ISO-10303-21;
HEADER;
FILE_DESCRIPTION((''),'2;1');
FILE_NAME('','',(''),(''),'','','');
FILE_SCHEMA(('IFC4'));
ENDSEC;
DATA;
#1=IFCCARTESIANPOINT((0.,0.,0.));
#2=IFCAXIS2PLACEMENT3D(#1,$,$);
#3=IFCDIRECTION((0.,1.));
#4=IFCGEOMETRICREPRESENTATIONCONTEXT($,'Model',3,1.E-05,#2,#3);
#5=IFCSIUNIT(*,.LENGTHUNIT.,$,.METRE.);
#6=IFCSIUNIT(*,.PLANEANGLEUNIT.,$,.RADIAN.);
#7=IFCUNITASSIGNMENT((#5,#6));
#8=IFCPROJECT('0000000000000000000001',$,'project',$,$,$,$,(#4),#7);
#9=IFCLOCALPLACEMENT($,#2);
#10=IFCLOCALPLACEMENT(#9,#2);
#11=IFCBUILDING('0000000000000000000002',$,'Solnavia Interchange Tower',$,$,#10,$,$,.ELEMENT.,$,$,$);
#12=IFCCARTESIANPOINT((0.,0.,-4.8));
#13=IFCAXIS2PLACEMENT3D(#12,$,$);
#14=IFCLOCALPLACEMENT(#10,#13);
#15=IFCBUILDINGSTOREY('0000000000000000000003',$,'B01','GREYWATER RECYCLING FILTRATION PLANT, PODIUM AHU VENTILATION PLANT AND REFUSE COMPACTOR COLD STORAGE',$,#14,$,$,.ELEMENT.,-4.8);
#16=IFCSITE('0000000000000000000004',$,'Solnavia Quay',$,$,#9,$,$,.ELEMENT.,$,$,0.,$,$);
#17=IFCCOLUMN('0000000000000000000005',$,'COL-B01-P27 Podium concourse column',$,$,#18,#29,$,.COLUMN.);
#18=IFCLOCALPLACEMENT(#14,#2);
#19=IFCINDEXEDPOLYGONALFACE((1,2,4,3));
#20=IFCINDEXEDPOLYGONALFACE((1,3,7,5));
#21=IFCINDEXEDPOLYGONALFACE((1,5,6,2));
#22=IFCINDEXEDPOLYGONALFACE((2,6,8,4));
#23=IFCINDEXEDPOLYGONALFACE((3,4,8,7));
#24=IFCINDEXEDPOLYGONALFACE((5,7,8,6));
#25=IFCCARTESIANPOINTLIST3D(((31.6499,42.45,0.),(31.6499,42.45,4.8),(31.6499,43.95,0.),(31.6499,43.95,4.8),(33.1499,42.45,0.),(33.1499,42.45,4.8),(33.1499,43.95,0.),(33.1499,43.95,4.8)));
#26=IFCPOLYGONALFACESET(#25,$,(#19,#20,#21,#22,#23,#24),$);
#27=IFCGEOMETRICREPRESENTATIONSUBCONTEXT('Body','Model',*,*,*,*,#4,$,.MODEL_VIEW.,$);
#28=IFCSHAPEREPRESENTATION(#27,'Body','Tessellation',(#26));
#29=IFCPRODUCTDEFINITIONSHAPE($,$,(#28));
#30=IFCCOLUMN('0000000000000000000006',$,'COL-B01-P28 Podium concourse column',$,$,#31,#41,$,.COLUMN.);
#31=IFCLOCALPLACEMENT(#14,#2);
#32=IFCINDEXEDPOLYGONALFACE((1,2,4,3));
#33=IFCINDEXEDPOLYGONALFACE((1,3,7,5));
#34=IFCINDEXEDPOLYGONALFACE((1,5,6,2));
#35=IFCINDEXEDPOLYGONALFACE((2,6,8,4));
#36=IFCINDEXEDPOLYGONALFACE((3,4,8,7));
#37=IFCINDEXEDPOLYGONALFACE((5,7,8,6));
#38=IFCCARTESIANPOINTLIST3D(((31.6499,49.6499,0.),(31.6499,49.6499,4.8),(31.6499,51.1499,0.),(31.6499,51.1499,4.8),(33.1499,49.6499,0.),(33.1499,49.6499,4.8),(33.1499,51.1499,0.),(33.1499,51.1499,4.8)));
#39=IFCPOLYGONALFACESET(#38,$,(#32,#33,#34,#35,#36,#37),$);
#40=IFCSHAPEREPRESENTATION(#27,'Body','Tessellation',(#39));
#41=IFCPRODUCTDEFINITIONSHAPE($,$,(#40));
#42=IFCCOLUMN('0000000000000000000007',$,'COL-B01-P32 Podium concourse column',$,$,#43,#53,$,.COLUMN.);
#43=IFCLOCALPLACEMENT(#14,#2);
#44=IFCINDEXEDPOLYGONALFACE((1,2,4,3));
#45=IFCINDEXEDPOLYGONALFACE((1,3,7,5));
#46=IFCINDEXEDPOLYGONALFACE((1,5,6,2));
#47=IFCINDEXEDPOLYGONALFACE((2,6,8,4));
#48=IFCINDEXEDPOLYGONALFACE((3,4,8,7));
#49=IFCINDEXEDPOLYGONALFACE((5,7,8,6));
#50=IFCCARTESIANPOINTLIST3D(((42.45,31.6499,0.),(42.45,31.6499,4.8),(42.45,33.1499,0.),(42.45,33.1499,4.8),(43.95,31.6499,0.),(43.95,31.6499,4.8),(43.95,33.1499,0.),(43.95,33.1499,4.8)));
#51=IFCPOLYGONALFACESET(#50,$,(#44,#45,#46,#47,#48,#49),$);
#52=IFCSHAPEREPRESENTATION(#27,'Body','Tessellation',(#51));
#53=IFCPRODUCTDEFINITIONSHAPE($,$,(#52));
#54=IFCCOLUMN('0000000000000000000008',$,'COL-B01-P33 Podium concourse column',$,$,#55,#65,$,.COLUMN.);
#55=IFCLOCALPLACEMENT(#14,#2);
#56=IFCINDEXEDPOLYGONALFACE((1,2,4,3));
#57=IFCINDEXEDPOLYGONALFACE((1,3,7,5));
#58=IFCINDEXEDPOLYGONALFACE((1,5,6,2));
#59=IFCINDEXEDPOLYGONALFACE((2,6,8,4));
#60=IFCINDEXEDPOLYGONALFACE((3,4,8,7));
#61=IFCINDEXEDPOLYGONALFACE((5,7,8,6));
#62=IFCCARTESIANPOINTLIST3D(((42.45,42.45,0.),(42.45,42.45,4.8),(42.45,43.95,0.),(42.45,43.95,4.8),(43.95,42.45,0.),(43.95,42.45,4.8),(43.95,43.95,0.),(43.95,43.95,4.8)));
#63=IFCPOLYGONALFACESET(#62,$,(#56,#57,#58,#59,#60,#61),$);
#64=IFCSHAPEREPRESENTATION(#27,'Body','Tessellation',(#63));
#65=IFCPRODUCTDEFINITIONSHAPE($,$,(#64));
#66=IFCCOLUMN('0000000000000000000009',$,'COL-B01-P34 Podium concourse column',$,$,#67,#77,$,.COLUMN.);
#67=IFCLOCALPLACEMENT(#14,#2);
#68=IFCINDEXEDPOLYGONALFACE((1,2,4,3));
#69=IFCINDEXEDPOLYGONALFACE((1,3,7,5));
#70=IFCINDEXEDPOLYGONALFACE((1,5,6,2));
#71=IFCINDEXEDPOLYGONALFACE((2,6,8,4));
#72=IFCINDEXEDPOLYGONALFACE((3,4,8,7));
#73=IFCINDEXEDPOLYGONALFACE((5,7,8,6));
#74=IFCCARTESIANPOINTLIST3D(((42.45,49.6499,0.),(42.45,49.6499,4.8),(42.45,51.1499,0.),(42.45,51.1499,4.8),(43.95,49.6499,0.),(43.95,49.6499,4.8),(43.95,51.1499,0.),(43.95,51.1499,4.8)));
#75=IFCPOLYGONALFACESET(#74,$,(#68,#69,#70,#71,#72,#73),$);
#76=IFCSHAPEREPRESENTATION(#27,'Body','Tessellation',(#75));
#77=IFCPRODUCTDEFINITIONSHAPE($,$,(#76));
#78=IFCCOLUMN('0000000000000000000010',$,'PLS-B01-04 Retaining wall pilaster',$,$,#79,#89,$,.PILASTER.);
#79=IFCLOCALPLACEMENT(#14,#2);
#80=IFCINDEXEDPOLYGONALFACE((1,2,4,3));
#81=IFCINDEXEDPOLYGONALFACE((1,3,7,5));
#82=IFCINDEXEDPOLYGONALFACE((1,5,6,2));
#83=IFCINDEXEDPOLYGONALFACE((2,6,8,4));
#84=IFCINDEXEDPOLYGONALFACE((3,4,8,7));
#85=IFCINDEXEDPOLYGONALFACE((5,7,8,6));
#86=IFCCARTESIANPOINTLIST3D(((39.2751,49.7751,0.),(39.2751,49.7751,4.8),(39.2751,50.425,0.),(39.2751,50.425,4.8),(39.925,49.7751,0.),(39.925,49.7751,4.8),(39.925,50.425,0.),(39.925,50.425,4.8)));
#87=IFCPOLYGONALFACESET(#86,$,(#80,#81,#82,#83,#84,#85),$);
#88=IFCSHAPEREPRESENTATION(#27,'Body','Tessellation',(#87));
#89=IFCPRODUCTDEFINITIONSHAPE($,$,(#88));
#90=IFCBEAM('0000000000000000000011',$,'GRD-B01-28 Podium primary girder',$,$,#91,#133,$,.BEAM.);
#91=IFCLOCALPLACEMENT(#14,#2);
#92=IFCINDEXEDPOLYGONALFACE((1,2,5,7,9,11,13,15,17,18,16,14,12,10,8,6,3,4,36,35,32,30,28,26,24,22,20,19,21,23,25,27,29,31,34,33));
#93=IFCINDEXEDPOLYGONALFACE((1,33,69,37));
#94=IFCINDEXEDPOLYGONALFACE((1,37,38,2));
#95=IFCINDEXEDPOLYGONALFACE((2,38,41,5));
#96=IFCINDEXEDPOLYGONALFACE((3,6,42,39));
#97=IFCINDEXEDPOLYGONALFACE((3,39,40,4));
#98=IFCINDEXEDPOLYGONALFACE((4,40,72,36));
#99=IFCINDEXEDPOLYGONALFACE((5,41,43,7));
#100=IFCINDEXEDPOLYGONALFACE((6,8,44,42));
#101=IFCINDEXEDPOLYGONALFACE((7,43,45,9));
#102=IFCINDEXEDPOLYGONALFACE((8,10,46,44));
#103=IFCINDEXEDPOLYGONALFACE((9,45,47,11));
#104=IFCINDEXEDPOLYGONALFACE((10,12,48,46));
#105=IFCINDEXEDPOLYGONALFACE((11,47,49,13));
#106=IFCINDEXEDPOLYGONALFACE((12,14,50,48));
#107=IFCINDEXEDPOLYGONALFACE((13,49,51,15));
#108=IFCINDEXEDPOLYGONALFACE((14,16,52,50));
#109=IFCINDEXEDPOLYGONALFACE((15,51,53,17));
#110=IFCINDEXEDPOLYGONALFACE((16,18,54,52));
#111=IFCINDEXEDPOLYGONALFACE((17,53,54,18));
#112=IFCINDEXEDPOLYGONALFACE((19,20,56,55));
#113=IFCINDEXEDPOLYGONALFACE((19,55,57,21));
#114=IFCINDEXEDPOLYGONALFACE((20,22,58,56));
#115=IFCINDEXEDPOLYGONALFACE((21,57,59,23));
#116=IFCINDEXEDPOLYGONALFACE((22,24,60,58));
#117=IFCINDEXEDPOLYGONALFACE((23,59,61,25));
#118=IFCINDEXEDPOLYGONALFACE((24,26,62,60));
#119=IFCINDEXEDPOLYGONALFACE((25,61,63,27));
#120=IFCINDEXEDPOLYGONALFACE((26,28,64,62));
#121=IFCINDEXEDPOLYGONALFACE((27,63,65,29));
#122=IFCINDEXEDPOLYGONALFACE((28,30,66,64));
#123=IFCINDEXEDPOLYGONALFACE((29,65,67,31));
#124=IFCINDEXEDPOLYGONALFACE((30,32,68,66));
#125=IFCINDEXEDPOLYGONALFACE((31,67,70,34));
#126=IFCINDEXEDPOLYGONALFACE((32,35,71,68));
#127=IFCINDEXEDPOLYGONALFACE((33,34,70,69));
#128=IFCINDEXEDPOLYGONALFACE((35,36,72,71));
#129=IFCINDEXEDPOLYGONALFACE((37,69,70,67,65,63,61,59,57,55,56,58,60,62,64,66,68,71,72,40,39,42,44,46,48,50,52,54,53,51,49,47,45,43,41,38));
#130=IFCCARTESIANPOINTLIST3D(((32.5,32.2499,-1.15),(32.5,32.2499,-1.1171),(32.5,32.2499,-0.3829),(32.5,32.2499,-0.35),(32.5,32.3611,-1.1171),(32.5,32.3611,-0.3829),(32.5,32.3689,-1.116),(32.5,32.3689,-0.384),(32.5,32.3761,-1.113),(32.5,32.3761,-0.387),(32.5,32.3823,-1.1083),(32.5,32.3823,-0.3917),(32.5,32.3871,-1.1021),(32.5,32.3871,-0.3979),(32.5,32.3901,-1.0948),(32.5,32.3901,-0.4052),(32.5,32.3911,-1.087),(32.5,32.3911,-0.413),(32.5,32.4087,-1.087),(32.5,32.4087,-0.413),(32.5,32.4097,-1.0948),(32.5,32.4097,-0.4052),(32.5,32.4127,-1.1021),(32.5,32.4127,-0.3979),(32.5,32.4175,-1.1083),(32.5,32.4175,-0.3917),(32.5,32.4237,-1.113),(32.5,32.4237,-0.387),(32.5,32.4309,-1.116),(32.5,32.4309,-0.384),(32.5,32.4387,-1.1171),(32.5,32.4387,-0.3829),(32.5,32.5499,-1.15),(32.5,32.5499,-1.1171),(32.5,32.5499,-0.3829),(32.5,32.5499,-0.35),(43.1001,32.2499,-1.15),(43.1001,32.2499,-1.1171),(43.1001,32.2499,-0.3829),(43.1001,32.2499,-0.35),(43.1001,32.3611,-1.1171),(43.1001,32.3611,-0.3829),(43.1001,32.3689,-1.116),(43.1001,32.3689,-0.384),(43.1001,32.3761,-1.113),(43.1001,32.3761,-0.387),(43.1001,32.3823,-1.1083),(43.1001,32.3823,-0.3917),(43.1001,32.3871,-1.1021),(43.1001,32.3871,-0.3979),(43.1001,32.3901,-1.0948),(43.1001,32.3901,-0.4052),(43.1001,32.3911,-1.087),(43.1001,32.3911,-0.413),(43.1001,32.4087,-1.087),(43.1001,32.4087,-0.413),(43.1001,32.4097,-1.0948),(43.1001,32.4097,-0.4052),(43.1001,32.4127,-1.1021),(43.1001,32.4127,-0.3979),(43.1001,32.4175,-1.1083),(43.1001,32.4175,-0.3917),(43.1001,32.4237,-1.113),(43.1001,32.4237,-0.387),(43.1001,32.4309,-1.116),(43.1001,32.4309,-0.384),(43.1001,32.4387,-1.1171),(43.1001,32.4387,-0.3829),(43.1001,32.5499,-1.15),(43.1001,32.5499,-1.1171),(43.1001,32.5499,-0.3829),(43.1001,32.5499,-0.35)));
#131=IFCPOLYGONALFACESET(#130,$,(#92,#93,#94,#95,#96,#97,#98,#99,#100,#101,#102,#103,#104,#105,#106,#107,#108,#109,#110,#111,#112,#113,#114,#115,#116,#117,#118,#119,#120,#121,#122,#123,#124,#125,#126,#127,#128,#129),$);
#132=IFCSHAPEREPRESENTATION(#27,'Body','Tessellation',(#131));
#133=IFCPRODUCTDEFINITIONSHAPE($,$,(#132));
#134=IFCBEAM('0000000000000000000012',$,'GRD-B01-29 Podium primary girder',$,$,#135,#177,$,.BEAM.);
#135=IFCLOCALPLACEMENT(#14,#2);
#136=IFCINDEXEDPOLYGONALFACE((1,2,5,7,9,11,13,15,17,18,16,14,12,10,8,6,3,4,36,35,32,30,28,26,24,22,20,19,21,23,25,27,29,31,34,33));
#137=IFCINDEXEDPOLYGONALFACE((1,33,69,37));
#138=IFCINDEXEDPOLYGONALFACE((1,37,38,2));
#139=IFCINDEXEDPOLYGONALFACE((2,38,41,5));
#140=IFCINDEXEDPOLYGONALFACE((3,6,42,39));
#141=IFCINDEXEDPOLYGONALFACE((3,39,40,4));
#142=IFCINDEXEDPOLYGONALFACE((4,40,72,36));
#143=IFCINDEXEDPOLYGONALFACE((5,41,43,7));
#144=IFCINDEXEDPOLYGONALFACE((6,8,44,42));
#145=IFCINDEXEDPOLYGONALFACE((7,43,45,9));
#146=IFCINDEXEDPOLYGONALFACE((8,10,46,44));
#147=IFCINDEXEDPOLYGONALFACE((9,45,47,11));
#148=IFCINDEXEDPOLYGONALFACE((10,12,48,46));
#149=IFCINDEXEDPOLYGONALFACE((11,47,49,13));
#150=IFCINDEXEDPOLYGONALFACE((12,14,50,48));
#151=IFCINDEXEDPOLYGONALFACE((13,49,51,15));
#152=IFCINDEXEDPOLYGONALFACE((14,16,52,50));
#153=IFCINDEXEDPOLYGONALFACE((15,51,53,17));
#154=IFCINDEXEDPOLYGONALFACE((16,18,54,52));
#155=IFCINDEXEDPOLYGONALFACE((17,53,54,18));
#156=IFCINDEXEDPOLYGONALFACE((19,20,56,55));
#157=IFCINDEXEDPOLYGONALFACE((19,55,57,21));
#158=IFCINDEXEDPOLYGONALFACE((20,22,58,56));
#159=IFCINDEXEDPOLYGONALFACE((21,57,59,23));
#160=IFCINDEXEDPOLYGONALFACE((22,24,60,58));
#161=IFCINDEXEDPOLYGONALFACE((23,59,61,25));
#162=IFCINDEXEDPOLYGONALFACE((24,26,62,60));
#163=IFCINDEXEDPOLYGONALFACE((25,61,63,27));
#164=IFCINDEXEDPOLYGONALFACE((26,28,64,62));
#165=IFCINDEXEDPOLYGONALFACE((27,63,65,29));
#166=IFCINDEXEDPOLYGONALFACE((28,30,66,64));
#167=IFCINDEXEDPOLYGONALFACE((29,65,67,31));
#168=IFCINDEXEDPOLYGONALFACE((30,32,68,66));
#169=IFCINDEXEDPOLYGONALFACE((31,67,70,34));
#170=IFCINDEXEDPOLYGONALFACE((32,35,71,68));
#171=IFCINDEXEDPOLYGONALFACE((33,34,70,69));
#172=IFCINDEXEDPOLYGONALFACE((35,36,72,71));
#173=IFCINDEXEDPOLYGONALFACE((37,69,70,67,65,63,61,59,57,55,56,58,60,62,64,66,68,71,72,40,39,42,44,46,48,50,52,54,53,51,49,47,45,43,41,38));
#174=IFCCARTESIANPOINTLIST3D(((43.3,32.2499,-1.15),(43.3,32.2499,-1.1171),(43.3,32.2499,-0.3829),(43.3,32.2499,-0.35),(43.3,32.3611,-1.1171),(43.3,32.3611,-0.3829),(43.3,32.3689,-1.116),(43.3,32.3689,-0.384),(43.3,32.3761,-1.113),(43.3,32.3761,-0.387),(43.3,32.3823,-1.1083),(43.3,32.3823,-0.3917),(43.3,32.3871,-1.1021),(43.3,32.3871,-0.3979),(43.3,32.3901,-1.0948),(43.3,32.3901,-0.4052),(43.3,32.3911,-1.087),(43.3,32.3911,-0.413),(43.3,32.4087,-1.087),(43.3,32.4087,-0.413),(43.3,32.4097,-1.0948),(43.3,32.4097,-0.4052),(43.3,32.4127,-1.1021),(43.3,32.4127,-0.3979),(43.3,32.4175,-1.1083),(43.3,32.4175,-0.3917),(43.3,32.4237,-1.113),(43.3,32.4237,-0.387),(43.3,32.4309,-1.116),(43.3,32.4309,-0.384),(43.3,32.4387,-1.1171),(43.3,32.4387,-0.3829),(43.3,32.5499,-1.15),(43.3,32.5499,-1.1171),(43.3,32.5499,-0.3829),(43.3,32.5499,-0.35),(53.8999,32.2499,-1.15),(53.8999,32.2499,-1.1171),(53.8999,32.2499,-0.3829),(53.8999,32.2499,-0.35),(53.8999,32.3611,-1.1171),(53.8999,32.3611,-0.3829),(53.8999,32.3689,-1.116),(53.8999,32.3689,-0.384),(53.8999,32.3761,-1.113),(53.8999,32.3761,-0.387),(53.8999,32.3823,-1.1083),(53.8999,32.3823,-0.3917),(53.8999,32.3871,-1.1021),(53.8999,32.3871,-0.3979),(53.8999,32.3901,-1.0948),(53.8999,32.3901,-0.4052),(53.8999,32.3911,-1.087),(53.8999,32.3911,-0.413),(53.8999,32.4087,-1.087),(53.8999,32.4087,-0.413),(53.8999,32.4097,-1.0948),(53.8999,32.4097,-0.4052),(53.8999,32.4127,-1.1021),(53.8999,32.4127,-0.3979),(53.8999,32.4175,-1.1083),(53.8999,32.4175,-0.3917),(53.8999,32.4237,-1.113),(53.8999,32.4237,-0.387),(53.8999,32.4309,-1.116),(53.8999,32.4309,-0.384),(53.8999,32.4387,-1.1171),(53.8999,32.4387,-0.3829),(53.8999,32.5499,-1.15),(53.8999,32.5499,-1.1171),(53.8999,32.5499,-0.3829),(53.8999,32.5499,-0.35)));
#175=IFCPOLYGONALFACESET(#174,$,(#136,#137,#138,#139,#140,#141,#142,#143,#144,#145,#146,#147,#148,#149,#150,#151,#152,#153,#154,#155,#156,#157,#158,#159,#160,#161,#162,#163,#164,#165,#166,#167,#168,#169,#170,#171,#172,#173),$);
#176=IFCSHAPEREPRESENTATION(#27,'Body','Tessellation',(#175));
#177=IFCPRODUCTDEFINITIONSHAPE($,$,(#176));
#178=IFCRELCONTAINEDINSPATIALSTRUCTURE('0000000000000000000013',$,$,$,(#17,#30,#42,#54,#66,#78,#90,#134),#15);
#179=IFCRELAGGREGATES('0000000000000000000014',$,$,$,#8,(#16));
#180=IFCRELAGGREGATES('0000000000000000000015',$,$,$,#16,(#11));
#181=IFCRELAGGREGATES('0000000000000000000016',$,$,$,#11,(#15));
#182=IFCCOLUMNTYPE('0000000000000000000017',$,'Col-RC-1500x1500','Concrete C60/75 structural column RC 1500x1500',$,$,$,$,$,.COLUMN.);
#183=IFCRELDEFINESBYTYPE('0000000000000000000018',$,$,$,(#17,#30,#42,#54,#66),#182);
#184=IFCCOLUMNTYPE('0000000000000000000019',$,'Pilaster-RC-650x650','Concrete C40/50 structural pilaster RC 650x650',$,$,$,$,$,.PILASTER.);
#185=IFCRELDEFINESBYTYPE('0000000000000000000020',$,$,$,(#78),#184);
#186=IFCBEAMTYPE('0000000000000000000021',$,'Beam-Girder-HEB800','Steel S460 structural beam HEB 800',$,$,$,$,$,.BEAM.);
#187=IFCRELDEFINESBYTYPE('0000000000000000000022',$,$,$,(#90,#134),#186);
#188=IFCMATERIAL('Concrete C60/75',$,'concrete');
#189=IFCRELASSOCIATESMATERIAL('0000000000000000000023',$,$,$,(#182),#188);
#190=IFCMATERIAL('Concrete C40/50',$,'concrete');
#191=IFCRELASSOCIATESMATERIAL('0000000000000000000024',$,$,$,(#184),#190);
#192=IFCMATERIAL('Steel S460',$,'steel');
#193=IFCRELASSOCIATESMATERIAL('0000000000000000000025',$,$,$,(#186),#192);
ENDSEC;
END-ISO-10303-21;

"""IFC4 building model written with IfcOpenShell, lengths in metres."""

from ifc_helpers import new_model, si_unit, direction, frame, origin, origin_2d, place, context, subcontext, project, spatial, rectangle, i_section, extrude, material, material_profile, profile_set, type_object, element, save


model = new_model("IFC4")

# Units and contexts
model_context = context("Model", 3, precision=1e-05, world=origin(), true_north=direction((0.0, 1.0)))
body_context = subcontext(model_context, "Body", "Model", "MODEL_VIEW")
ifc_project = project(units=[si_unit("LENGTHUNIT", "METRE"), si_unit("PLANEANGLEUNIT", "RADIAN")], contexts=[model_context])

# Site, building, storey
site_placement = place(None, origin())
site = spatial("IfcSite", under=ifc_project, at=site_placement, Name="Solnavia Quay", CompositionType="ELEMENT", RefElevation=0.0)
building_placement = place(site_placement, origin())
building = spatial("IfcBuilding", under=site, at=building_placement, Name="Solnavia Interchange Tower", CompositionType="ELEMENT")
storey_placement = place(building_placement, frame((0.0, 0.0, -4.8)))
storey = spatial("IfcBuildingStorey", under=building, at=storey_placement, Name="B01", Description="GREYWATER RECYCLING FILTRATION PLANT, PODIUM AHU VENTILATION PLANT AND REFUSE COMPACTOR COLD STORAGE", CompositionType="ELEMENT", Elevation=-4.8)

# Columns
ifc_material_1 = material(Name="Concrete C60/75", Category="concrete")
ifc_material_profile_1 = material_profile(ifc_material_1, rectangle(XDim=1.5, YDim=1.5, at=origin_2d()), Name="RC 1500x1500")
ifc_profile_set_1 = profile_set([ifc_material_profile_1], Name="Concrete C60/75")
column_type_1 = type_object("IfcColumnType", Name="Col-RC-1500x1500", Description="Concrete C60/75 structural column RC 1500x1500", PredefinedType="COLUMN", material=ifc_profile_set_1)
for number, where, z_axis, x_axis, name in (
    (1, (32.3999, 43.2, 0.0), (0.0, 0.0, 1.0), (1.0, 0.0, 0.0), "COL-B01-P27 Podium concourse column"),
    (2, (32.3999, 50.3999, 0.0), (0.0, 0.0, 1.0), (1.0, 0.0, 0.0), "COL-B01-P28 Podium concourse column"),
    (3, (43.2, 32.3999, 0.0), (0.0, 0.0, 1.0), (1.0, 0.0, 0.0), "COL-B01-P32 Podium concourse column"),
    (4, (43.2, 43.2, 0.0), (0.0, 0.0, 1.0), (1.0, 0.0, 0.0), "COL-B01-P33 Podium concourse column"),
    (5, (43.2, 50.3999, 0.0), (0.0, 0.0, 1.0), (1.0, 0.0, 0.0), "COL-B01-P34 Podium concourse column"),
):
    element("IfcColumn", number, at=place(storey_placement, frame(where, z_axis=z_axis, x_axis=x_axis)), inside=storey, type_object=column_type_1, Name=name, PredefinedType="COLUMN", context=body_context, shape_type="SweptSolid", body=[
        extrude(rectangle(XDim=1.5, YDim=1.5, at=origin_2d()), origin(), (0.0, 0.0, 1.0), 4.8),
    ])
ifc_material_2 = material(Name="Concrete C40/50", Category="concrete")
ifc_material_profile_2 = material_profile(ifc_material_2, rectangle(XDim=0.6499, YDim=0.6499, at=origin_2d()), Name="RC 650x650")
ifc_profile_set_2 = profile_set([ifc_material_profile_2], Name="Concrete C40/50")
column_type_2 = type_object("IfcColumnType", Name="Pilaster-RC-650x650", Description="Concrete C40/50 structural pilaster RC 650x650", PredefinedType="PILASTER", material=ifc_profile_set_2)
column_placement = place(storey_placement, frame((39.6001, 50.1001, 0.0), z_axis=(0.0, 0.0, 1.0), x_axis=(1.0, 0.0, 0.0)))
element("IfcColumn", 6, at=column_placement, inside=storey, type_object=column_type_2, Name="PLS-B01-04 Retaining wall pilaster", PredefinedType="PILASTER", context=body_context, shape_type="SweptSolid", body=[
    extrude(rectangle(XDim=0.6499, YDim=0.6499, at=origin_2d()), origin(), (0.0, 0.0, 1.0), 4.8),
])

# Beams
ifc_material_3 = material(Name="Steel S460", Category="steel")
ifc_material_profile_3 = material_profile(ifc_material_3, i_section(OverallWidth=0.3, OverallDepth=0.8, WebThickness=0.0176, FlangeThickness=0.033, FilletRadius=0.03, at=origin_2d()), Name="HEB 800")
ifc_profile_set_3 = profile_set([ifc_material_profile_3], Name="Steel S460")
beam_type_1 = type_object("IfcBeamType", Name="Beam-Girder-HEB800", Description="Steel S460 structural beam HEB 800", PredefinedType="BEAM", material=ifc_profile_set_3)
beam_1_placement = place(storey_placement, frame((32.5, 32.3999, -0.75), z_axis=(1.0, 0.0, 0.0), x_axis=(0.0, 1.0, 0.0)))
element("IfcBeam", 7, at=beam_1_placement, inside=storey, type_object=beam_type_1, Name="GRD-B01-28 Podium primary girder", PredefinedType="BEAM", context=body_context, shape_type="SweptSolid", body=[
    extrude(i_section(OverallWidth=0.3, OverallDepth=0.8, WebThickness=0.0176, FlangeThickness=0.033, FilletRadius=0.03, at=origin_2d()), origin(), (0.0, 0.0, 1.0), 10.6001),
])
beam_2_placement = place(storey_placement, frame((43.3, 32.3999, -0.75), z_axis=(1.0, 0.0, 0.0), x_axis=(0.0, 1.0, 0.0)))
element("IfcBeam", 8, at=beam_2_placement, inside=storey, type_object=beam_type_1, Name="GRD-B01-29 Podium primary girder", PredefinedType="BEAM", context=body_context, shape_type="SweptSolid", body=[
    extrude(i_section(OverallWidth=0.3, OverallDepth=0.8, WebThickness=0.0176, FlangeThickness=0.033, FilletRadius=0.03, at=origin_2d()), origin(), (0.0, 0.0, 1.0), 10.5999),
])

save(model, "model.ifc")
